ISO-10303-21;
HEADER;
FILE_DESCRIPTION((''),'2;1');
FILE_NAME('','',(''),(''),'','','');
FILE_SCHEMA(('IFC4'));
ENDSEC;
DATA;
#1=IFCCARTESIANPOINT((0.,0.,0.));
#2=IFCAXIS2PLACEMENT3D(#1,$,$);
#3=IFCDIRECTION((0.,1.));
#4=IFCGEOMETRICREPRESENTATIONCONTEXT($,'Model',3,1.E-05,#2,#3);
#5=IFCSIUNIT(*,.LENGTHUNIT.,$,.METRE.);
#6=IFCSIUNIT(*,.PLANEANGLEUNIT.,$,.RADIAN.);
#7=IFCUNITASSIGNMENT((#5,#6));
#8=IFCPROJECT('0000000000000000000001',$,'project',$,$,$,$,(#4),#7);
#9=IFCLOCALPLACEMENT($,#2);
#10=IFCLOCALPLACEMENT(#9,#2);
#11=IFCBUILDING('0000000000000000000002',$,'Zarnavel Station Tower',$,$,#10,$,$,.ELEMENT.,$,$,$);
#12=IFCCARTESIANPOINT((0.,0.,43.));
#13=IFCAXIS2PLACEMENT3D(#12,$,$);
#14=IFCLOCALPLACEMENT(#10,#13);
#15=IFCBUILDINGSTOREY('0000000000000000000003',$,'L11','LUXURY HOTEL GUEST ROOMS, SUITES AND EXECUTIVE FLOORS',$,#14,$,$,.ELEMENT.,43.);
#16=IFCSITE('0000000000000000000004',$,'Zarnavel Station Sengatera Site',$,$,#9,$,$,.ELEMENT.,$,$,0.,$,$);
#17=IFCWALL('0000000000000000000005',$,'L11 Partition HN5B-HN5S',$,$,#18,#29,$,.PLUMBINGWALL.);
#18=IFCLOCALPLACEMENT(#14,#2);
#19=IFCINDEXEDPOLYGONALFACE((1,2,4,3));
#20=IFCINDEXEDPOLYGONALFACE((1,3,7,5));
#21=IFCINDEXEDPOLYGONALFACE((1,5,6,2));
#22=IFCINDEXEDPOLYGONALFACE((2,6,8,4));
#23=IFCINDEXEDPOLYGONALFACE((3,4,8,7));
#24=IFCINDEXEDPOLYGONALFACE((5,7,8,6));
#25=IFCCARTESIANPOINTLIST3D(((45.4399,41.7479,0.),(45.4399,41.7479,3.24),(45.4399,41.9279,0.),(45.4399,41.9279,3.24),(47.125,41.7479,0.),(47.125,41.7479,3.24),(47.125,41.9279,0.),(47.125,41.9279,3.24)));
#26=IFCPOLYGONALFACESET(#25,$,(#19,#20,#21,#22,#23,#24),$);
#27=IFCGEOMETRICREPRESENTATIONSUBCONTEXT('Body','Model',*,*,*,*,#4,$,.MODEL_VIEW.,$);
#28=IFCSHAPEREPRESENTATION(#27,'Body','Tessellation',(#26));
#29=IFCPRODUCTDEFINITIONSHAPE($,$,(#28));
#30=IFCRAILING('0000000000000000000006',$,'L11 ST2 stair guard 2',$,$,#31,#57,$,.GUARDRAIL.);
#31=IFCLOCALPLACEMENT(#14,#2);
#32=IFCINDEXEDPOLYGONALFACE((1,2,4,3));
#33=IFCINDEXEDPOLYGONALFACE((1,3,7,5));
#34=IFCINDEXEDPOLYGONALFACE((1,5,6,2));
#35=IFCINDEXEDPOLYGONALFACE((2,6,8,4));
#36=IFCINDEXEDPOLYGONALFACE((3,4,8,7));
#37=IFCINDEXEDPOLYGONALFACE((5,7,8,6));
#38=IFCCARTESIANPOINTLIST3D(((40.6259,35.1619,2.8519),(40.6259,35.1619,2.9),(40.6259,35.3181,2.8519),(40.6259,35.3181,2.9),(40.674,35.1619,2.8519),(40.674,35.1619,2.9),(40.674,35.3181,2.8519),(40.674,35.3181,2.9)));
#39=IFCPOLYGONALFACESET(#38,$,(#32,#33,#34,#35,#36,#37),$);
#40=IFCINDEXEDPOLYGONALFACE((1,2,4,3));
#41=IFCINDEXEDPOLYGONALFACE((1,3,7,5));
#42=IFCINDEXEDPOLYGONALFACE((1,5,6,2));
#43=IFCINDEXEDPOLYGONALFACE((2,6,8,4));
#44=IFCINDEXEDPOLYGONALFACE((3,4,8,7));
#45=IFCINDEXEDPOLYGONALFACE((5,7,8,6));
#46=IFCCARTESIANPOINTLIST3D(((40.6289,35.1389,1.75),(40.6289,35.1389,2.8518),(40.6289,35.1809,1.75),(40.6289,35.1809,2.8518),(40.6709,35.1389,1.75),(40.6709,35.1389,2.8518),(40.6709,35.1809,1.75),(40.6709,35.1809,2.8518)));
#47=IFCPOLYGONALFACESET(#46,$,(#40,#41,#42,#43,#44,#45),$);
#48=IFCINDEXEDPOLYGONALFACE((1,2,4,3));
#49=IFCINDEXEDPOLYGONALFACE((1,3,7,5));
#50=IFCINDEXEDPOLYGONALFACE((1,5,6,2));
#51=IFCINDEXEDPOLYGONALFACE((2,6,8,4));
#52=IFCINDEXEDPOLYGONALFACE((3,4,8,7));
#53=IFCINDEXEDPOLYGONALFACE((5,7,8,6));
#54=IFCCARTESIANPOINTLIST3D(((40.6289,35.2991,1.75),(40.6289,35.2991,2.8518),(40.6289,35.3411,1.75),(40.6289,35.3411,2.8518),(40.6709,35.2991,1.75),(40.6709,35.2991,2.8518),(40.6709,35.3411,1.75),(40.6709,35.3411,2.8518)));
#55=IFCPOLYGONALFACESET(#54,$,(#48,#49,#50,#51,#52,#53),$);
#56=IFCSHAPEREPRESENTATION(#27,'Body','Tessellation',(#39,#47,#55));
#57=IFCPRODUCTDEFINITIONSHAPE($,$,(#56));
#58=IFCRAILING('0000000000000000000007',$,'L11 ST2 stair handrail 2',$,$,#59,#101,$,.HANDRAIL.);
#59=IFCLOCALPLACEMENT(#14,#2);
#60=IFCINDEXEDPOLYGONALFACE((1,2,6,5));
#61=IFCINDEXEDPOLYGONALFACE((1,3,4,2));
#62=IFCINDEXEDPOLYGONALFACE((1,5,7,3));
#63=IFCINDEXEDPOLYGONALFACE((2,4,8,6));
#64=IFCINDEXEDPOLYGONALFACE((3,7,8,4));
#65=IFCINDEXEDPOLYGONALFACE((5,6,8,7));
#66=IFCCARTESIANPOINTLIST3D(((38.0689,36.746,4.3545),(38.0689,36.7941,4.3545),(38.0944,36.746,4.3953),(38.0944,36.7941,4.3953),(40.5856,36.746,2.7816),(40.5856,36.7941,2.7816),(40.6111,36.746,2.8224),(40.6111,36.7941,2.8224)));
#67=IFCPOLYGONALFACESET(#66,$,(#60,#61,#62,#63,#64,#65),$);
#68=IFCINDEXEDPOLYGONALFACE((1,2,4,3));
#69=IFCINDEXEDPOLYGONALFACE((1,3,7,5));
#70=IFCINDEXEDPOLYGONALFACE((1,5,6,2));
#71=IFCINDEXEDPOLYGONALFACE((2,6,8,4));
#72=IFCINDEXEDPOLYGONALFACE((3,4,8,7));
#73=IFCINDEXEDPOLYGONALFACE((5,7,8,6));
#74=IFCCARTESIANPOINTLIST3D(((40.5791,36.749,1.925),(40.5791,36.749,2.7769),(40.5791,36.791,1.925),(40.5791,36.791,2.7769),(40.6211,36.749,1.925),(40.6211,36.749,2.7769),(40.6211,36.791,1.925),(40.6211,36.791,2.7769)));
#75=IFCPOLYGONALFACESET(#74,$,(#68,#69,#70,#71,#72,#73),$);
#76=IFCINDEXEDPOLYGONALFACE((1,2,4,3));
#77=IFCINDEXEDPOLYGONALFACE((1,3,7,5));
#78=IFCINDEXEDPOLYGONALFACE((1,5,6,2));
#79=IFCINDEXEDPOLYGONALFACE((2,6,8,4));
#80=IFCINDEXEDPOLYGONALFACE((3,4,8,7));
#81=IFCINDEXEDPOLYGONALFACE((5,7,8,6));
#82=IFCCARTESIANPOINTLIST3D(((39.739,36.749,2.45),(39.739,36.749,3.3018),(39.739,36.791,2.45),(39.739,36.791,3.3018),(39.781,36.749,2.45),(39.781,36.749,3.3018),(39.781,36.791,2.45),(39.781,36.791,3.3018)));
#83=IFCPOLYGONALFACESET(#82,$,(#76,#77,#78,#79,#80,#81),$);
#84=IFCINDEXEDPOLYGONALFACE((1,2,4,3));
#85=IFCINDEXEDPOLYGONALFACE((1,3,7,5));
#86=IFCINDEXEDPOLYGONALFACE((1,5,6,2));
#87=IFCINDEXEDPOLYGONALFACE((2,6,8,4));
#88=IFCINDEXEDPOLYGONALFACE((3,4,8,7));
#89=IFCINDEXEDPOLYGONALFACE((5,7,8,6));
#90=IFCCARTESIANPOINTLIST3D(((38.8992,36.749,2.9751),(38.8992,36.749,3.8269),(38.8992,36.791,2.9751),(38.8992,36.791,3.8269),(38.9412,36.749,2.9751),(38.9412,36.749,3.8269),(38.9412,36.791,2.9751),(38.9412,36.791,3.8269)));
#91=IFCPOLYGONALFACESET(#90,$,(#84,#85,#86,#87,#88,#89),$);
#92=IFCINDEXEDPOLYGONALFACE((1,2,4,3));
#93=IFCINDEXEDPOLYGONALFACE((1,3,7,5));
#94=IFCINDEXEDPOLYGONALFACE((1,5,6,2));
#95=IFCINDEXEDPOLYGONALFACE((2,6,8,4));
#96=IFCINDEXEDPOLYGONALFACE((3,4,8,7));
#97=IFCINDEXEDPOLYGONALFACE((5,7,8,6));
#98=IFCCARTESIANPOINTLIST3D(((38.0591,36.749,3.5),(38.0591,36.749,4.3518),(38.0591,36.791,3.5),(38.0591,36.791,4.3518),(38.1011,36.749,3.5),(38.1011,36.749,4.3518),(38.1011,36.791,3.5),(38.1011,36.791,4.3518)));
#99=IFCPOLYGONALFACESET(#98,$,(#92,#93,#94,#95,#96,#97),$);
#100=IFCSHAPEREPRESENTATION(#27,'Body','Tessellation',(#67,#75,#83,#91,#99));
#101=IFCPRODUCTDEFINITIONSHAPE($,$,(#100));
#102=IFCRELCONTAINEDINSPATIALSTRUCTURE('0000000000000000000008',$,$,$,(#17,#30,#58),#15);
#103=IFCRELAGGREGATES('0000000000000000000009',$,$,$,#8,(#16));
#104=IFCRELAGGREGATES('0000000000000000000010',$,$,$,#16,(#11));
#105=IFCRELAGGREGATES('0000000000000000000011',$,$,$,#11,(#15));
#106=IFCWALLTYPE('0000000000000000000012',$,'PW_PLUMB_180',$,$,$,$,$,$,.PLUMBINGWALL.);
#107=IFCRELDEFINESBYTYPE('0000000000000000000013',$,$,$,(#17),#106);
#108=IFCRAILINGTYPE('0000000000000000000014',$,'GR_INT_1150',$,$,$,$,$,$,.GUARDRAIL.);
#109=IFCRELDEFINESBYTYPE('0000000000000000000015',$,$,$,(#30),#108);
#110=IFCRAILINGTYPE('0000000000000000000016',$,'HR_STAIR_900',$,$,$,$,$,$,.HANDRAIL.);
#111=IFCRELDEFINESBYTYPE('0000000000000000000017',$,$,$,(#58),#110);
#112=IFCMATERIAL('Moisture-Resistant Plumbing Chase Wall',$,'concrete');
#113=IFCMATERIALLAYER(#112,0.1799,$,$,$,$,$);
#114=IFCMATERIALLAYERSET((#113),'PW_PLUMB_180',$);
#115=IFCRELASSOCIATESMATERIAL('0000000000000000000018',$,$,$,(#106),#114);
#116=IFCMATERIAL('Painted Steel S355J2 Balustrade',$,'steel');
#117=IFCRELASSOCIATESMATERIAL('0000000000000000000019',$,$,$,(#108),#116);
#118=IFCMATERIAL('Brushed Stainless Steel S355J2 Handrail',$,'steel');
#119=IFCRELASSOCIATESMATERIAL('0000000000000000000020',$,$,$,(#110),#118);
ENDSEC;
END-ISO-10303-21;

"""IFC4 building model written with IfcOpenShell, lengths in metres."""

from ifc_helpers import new_model, si_unit, direction, frame, frame_2d, origin, origin_2d, place, context, subcontext, project, spatial, rectangle, extrude, material, layer, layer_set, type_object, element, save


model = new_model("IFC4")

# Units and contexts
model_context = context("Model", 3, precision=1e-05, world=origin(), true_north=direction((0.0, 1.0)))
body_context = subcontext(model_context, "Body", "Model", "MODEL_VIEW")
ifc_project = project(units=[si_unit("LENGTHUNIT", "METRE"), si_unit("PLANEANGLEUNIT", "RADIAN")], contexts=[model_context])

# Site, building, storey
site_placement = place(None, origin())
site = spatial("IfcSite", under=ifc_project, at=site_placement, Name="Zarnavel Station Sengatera Site", CompositionType="ELEMENT", RefElevation=0.0)
building_placement = place(site_placement, origin())
building = spatial("IfcBuilding", under=site, at=building_placement, Name="Zarnavel Station Tower", CompositionType="ELEMENT")
storey_placement = place(building_placement, frame((0.0, 0.0, 43.0)))
storey = spatial("IfcBuildingStorey", under=building, at=storey_placement, Name="L11", Description="LUXURY HOTEL GUEST ROOMS, SUITES AND EXECUTIVE FLOORS", CompositionType="ELEMENT", Elevation=43.0)

# Shared definitions
ifc_material_1 = material(Name="Moisture-Resistant Plumbing Chase Wall", Category="concrete")
ifc_layer_1 = layer(ifc_material_1, 0.1799)
ifc_layer_set_1 = layer_set([ifc_layer_1], Name="PW_PLUMB_180")
wall_type_1 = type_object("IfcWallType", Name="PW_PLUMB_180", PredefinedType="PLUMBINGWALL", material=ifc_layer_set_1)

# Wall
wall_1_placement = place(storey_placement, frame((45.4399, 41.8379, 0.0), z_axis=(0.0, 0.0, 1.0), x_axis=(1.0, 0.0, 0.0)))
element("IfcWall", 1, at=wall_1_placement, inside=storey, type_object=wall_type_1, Name="L11 Partition HN5B-HN5S", PredefinedType="PLUMBINGWALL", context=body_context, shape_type="SweptSolid", body=[
    extrude(rectangle(XDim=1.6851, YDim=0.1799, at=frame_2d((0.8425, 0.0))), origin(), (0.0, 0.0, 1.0), 3.24),
])

# Railings
ifc_material_2 = material(Name="Painted Steel S355J2 Balustrade", Category="steel")
railing_type_1 = type_object("IfcRailingType", Name="GR_INT_1150", PredefinedType="GUARDRAIL", material=ifc_material_2)
railing_1_placement = place(storey_placement, frame((40.6499, 35.1599, 1.75)))
element("IfcRailing", 2, at=railing_1_placement, inside=storey, type_object=railing_type_1, Name="L11 ST2 stair guard 2", PredefinedType="GUARDRAIL", context=body_context, shape_type="SweptSolid", body=[
    extrude(rectangle(XDim=0.0481, YDim=0.0481, at=origin_2d()), frame((0.0, 0.002, 1.126), z_axis=(0.0, 1.0, 0.0), x_axis=(-1.0, 0.0, 0.0)), (0.0, 0.0, 1.0), 0.1562),
    extrude(rectangle(XDim=0.042, YDim=0.042, at=origin_2d()), origin(), (0.0, 0.0, 1.0), 1.1018),
    extrude(rectangle(XDim=0.042, YDim=0.042, at=origin_2d()), frame((0.0, 0.1602, 0.0)), (0.0, 0.0, 1.0), 1.1018),
])
ifc_material_3 = material(Name="Brushed Stainless Steel S355J2 Handrail", Category="steel")
railing_type_2 = type_object("IfcRailingType", Name="HR_STAIR_900", PredefinedType="HANDRAIL", material=ifc_material_3)
railing_2_placement = place(storey_placement, frame((40.6001, 36.77, 1.925)))
element("IfcRailing", 3, at=railing_2_placement, inside=storey, type_object=railing_type_2, Name="L11 ST2 stair handrail 2", PredefinedType="HANDRAIL", context=body_context, shape_type="SweptSolid", body=[
    extrude(rectangle(XDim=0.0481, YDim=0.0481, at=origin_2d()), frame((-0.0017, 0.0, 0.877), z_axis=(-0.848008, 0.0, 0.529984), x_axis=(0.0, -1.0, 0.0)), (0.0, 0.0, 1.0), 2.9678),
    extrude(rectangle(XDim=0.042, YDim=0.042, at=origin_2d()), origin(), (0.0, 0.0, 1.0), 0.8518),
    extrude(rectangle(XDim=0.042, YDim=0.042, at=origin_2d()), frame((-0.8401, 0.0, 0.5249)), (0.0, 0.0, 1.0), 0.8518),
    extrude(rectangle(XDim=0.042, YDim=0.042, at=origin_2d()), frame((-1.6799, 0.0, 1.05)), (0.0, 0.0, 1.0), 0.8518),
    extrude(rectangle(XDim=0.042, YDim=0.042, at=origin_2d()), frame((-2.52, 0.0, 1.575)), (0.0, 0.0, 1.0), 0.8518),
])

save(model, "model.ifc")
